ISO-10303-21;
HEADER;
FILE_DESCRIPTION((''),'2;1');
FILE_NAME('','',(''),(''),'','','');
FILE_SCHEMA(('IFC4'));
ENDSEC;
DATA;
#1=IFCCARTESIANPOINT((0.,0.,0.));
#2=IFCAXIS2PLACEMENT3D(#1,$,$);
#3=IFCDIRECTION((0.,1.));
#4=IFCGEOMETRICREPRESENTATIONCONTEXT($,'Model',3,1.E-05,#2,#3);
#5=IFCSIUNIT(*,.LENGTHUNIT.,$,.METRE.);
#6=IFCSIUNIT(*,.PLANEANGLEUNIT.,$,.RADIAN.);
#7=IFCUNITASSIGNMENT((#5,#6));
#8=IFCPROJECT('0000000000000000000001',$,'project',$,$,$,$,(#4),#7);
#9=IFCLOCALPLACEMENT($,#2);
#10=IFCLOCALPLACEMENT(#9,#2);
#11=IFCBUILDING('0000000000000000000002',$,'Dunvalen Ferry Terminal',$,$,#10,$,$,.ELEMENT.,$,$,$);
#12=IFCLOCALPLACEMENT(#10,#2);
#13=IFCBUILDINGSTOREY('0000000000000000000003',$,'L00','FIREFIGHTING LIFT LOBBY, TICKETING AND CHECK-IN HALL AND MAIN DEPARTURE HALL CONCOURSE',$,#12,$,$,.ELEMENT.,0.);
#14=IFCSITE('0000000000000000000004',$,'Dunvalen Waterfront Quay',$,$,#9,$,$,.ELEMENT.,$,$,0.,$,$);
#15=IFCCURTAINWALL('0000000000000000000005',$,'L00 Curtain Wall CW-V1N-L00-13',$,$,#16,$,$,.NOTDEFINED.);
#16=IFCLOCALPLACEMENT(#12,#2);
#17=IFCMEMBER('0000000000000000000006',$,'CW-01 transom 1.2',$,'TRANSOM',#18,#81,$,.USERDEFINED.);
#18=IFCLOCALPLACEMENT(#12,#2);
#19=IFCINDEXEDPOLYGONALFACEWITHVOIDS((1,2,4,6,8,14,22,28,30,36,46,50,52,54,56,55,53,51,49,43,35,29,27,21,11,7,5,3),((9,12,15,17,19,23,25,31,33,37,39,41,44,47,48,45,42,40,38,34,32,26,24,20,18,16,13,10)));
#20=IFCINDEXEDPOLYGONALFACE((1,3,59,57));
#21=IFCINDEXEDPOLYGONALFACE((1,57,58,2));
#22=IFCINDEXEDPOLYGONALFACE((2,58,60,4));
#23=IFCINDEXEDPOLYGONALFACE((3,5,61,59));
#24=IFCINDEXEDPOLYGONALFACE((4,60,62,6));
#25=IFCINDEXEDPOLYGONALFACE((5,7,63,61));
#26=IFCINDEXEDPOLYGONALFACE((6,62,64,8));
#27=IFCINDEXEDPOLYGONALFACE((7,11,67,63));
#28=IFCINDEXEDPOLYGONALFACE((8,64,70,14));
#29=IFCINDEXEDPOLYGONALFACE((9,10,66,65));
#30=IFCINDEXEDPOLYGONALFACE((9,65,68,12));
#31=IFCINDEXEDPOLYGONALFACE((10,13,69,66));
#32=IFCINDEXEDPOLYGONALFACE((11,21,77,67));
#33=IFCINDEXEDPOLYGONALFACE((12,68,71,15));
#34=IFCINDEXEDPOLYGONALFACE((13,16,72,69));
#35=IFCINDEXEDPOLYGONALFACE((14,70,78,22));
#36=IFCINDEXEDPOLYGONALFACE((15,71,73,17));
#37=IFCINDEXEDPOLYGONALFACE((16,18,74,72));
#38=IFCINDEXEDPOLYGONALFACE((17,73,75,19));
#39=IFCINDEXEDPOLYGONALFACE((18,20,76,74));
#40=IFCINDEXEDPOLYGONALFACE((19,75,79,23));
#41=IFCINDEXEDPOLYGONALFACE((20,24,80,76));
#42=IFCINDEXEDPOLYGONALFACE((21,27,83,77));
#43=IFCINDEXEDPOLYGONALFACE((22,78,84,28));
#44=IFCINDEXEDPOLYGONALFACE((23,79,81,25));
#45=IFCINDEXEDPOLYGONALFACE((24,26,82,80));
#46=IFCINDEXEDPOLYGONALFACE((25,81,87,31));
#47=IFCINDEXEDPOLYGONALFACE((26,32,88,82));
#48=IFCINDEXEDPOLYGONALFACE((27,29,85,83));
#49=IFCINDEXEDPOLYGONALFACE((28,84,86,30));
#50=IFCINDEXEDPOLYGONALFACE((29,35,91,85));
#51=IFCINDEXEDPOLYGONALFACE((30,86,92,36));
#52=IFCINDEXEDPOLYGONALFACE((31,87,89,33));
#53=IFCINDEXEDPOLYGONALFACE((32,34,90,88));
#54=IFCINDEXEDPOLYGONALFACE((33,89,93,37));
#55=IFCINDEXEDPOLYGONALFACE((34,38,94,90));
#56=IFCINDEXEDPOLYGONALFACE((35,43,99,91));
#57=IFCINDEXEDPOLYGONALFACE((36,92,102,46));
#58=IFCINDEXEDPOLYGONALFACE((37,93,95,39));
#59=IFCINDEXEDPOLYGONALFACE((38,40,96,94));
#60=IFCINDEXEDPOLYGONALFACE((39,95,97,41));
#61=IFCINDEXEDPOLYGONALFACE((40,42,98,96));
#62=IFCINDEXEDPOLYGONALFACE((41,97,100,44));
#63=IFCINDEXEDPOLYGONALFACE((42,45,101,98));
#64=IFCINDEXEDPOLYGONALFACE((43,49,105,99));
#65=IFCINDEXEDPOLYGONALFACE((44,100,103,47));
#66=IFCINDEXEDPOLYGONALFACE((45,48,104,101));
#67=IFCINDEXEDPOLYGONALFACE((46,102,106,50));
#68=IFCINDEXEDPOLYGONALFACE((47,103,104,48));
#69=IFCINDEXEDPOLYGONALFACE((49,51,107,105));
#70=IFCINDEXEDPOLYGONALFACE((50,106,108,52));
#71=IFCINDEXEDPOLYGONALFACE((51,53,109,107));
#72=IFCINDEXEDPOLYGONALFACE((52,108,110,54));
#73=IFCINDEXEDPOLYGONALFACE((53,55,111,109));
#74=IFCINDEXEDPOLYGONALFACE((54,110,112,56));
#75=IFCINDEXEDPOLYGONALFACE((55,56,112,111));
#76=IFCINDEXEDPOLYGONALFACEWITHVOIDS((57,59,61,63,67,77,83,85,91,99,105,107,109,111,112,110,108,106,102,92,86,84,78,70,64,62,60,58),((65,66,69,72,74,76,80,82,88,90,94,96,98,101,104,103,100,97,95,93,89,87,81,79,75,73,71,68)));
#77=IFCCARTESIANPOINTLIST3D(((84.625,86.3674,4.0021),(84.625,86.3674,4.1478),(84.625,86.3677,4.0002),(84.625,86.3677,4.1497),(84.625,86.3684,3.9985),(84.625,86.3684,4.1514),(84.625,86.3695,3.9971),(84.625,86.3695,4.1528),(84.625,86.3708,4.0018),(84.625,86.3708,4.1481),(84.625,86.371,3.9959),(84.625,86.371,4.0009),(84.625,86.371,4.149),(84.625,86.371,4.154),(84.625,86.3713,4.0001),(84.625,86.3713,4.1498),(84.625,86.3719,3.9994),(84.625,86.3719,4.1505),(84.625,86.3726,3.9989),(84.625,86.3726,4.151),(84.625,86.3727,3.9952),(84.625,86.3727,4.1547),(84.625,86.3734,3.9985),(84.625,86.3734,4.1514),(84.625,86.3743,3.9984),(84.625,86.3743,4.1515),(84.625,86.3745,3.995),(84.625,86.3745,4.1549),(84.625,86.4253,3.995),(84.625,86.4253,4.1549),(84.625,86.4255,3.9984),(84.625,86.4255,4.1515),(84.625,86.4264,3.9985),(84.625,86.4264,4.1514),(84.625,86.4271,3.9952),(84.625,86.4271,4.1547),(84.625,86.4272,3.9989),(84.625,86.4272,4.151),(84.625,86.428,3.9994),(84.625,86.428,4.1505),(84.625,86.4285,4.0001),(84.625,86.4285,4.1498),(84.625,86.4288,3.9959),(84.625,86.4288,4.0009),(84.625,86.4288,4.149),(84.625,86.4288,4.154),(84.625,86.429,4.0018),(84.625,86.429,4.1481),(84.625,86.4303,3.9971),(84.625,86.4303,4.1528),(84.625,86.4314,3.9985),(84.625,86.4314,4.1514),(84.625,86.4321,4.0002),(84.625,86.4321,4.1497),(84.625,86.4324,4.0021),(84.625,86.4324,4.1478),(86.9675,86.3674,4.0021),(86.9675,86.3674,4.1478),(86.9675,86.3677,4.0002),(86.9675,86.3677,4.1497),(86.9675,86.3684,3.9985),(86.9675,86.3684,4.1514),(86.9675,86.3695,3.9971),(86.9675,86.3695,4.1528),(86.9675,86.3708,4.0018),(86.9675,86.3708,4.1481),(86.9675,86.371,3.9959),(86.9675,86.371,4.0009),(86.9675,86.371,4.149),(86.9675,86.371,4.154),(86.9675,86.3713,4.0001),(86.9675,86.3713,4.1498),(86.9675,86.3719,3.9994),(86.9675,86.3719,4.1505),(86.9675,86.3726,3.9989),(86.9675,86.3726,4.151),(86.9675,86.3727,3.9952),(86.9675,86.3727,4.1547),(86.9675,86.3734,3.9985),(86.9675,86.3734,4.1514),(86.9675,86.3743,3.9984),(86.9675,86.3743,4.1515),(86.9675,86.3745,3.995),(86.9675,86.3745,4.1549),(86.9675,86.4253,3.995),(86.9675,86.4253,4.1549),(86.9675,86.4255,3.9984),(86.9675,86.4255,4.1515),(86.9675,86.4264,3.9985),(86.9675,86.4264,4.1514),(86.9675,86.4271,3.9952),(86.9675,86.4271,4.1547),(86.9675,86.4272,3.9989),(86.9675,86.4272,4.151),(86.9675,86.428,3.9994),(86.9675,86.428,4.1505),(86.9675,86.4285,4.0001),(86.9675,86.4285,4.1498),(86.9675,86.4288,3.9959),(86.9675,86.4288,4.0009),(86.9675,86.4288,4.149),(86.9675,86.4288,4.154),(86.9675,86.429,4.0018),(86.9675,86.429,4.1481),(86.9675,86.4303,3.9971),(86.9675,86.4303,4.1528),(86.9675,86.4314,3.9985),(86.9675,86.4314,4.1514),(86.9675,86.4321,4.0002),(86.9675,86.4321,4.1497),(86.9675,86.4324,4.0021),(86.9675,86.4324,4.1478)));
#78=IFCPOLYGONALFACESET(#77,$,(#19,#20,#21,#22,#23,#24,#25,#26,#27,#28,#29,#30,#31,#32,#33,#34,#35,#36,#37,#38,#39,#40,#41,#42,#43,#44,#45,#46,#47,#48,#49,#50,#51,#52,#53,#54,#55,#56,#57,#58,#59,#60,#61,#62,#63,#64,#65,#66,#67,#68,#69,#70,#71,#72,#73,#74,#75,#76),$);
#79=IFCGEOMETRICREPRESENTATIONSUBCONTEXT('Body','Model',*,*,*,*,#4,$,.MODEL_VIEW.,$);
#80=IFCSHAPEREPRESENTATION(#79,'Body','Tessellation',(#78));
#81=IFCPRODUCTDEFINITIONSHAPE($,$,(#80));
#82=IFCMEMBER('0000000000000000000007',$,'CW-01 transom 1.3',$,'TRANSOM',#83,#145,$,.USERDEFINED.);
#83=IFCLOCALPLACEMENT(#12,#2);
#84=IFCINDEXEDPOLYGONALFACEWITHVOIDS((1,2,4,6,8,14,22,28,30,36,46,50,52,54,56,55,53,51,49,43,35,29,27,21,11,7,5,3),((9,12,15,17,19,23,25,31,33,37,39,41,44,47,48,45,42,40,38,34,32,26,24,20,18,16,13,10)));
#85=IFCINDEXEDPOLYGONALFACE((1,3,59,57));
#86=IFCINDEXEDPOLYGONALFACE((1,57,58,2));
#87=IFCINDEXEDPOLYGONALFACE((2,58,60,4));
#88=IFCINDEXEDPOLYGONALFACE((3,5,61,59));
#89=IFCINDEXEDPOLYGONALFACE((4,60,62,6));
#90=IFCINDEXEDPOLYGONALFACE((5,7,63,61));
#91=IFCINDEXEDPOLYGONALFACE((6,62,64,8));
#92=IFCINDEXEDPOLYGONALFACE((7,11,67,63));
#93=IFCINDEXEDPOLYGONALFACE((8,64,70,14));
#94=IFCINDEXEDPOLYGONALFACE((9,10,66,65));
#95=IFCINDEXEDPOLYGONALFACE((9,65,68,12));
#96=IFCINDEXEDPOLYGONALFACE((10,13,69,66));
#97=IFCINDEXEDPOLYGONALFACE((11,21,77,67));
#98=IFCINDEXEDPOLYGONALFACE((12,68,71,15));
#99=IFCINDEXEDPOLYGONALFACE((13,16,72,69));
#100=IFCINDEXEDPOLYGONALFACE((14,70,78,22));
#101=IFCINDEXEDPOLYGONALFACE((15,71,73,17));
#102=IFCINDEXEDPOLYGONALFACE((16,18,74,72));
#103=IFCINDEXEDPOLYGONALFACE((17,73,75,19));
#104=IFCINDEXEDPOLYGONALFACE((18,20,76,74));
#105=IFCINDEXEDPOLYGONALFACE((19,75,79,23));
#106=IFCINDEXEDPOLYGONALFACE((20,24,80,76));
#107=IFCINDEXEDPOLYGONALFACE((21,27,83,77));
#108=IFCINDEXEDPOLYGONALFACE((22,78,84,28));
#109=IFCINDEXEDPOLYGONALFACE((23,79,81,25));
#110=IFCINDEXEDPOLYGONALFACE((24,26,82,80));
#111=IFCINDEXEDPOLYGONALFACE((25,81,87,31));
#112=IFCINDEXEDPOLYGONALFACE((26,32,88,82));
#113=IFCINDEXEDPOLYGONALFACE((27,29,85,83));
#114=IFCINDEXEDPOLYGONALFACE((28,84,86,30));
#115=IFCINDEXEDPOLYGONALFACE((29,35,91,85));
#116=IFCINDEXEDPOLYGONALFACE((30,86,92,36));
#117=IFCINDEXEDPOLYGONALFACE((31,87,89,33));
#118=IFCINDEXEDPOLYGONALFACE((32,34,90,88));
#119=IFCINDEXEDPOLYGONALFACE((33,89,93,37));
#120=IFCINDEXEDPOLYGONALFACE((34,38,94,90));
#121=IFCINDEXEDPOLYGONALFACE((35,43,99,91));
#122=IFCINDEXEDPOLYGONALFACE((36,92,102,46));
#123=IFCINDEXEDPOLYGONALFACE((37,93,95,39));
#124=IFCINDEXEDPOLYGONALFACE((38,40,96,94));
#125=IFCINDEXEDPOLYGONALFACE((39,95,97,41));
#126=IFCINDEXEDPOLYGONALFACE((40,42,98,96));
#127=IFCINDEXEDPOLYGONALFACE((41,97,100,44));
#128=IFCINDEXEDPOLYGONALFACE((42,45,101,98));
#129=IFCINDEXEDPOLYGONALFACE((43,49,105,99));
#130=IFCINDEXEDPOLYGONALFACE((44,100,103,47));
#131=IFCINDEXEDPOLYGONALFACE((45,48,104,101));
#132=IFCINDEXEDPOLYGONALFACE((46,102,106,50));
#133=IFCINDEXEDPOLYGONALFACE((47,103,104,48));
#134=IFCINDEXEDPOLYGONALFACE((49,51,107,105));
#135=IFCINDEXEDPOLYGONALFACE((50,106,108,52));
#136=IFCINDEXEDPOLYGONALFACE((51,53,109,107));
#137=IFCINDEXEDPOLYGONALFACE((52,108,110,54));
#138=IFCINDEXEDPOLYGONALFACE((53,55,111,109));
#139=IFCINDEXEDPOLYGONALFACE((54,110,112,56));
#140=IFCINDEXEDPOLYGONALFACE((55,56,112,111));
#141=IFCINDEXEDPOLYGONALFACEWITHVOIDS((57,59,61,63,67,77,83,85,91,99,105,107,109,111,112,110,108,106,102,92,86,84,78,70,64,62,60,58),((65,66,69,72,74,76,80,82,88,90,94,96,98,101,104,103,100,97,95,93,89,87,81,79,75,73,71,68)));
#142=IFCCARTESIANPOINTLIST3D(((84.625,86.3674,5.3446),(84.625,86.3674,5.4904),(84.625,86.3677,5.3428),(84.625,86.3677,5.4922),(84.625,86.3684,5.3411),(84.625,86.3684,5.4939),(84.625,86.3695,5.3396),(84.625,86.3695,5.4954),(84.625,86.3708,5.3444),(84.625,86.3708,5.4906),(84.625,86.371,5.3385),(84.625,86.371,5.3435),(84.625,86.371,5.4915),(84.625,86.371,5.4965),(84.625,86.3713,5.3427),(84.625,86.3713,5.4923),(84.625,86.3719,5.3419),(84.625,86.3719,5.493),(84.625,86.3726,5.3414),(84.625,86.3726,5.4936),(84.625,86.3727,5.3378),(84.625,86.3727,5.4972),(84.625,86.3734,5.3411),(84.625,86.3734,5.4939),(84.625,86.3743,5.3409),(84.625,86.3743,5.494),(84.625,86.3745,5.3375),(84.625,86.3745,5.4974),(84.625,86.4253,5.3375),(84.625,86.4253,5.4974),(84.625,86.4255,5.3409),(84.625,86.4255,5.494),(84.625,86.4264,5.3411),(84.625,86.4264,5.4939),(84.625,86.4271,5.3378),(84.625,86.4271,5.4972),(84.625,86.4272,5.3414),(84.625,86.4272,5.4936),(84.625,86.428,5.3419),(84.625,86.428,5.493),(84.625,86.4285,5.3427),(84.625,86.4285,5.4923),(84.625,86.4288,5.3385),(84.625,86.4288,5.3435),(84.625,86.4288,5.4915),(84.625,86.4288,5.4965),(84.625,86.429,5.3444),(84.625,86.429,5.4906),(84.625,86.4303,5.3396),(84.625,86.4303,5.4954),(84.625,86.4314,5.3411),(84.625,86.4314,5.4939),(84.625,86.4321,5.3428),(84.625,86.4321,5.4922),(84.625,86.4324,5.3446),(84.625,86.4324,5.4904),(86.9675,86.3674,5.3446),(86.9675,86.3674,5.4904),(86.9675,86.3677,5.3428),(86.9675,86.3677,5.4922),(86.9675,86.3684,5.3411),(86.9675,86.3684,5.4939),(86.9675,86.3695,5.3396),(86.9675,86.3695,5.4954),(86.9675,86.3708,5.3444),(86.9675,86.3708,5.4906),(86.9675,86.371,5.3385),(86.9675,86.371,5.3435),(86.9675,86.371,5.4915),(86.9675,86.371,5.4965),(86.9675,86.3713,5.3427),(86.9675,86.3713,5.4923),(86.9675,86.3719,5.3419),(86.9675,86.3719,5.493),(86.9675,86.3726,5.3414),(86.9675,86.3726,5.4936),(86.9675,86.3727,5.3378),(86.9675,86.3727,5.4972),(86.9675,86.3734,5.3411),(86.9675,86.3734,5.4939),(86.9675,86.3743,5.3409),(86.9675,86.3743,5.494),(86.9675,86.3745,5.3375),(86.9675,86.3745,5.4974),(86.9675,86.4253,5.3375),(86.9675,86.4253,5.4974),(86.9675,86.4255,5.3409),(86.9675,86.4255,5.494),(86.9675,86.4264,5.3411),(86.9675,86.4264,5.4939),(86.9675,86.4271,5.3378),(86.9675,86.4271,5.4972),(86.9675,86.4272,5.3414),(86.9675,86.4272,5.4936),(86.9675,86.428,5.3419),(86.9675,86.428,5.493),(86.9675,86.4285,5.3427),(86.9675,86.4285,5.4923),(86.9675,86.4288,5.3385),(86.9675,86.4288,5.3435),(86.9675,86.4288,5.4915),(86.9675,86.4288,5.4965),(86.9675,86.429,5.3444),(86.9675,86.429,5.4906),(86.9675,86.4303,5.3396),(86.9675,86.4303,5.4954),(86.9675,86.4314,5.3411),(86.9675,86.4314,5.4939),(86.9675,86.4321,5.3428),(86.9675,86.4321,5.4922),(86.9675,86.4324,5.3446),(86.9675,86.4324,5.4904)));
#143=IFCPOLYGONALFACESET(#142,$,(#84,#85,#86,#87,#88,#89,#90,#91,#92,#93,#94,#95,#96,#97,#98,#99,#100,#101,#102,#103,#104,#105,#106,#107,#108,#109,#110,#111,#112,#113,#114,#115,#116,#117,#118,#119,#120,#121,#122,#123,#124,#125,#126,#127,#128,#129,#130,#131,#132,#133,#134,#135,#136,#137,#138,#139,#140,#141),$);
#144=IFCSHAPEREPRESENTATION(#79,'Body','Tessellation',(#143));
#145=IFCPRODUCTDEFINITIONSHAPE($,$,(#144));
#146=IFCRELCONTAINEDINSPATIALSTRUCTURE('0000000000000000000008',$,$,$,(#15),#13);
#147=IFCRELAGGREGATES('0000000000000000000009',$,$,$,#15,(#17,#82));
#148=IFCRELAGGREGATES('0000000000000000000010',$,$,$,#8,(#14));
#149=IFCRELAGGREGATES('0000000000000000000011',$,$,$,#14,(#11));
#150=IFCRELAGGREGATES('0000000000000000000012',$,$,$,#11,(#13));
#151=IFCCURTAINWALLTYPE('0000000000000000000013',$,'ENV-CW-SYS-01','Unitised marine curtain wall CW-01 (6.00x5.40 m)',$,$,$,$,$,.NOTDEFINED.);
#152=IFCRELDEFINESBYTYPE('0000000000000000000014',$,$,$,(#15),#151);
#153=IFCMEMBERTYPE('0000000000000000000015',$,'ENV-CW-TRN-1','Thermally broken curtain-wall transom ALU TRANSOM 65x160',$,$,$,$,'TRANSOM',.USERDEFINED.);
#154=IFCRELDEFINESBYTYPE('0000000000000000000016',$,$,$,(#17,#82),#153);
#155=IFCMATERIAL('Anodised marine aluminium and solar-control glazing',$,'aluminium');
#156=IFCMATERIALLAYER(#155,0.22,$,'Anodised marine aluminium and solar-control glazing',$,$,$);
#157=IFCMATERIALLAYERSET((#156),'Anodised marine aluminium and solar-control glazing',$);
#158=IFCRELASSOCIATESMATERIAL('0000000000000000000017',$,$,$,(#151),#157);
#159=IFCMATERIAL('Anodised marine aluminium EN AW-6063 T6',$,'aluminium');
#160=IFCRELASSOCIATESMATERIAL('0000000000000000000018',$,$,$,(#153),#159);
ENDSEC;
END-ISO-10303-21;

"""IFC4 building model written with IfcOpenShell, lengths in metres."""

from ifc_helpers import new_model, si_unit, direction, frame, origin, origin_2d, place, context, subcontext, project, spatial, hollow_rectangle, extrude, material, layer, layer_set, material_profile, profile_set, type_object, element, aggregate, save


model = new_model("IFC4")

# Units and contexts
model_context = context("Model", 3, precision=1e-05, world=origin(), true_north=direction((0.0, 1.0)))
body_context = subcontext(model_context, "Body", "Model", "MODEL_VIEW")
ifc_project = project(units=[si_unit("LENGTHUNIT", "METRE"), si_unit("PLANEANGLEUNIT", "RADIAN")], contexts=[model_context])

# Site, building, storey
site_placement = place(None, origin())
site = spatial("IfcSite", under=ifc_project, at=site_placement, Name="Dunvalen Waterfront Quay", CompositionType="ELEMENT", RefElevation=0.0)
building_placement = place(site_placement, origin())
building = spatial("IfcBuilding", under=site, at=building_placement, Name="Dunvalen Ferry Terminal", CompositionType="ELEMENT")
storey_placement = place(building_placement, origin())
storey = spatial("IfcBuildingStorey", under=building, at=storey_placement, Name="L00", Description="FIREFIGHTING LIFT LOBBY, TICKETING AND CHECK-IN HALL AND MAIN DEPARTURE HALL CONCOURSE", CompositionType="ELEMENT", Elevation=0.0)

# Shared definitions
ifc_material_1 = material(Name="Anodised marine aluminium and solar-control glazing", Category="aluminium")
ifc_layer_1 = layer(ifc_material_1, 0.22, Name="Anodised marine aluminium and solar-control glazing")
ifc_layer_set_1 = layer_set([ifc_layer_1], Name="Anodised marine aluminium and solar-control glazing")
curtain_wall_type = type_object("IfcCurtainWallType", Name="ENV-CW-SYS-01", Description="Unitised marine curtain wall CW-01 (6.00x5.40 m)", PredefinedType="NOTDEFINED", material=ifc_layer_set_1)
ifc_material_2 = material(Name="Anodised marine aluminium EN AW-6063 T6", Category="aluminium")

# Curtain wall
curtain_wall_1_placement = place(storey_placement, origin())
curtain_wall_1 = element("IfcCurtainWall", 1, at=curtain_wall_1_placement, inside=storey, type_object=curtain_wall_type, Name="L00 Curtain Wall CW-V1N-L00-13", PredefinedType="NOTDEFINED")

# Members
ifc_material_profile_1 = material_profile(ifc_material_2, hollow_rectangle(XDim=0.0649, YDim=0.1599, WallThickness=0.0034, InnerFilletRadius=0.0034, OuterFilletRadius=0.0071, at=origin_2d()), Name="Anodised marine aluminium EN AW-6063 T6")
ifc_profile_set_1 = profile_set([ifc_material_profile_1], Name="Anodised marine aluminium EN AW-6063 T6")
member_type_1 = type_object("IfcMemberType", Name="ENV-CW-TRN-1", Description="Thermally broken curtain-wall transom ALU TRANSOM 65x160", ElementType="TRANSOM", PredefinedType="USERDEFINED", material=ifc_profile_set_1)
member_1_placement = place(storey_placement, frame((84.625, 86.3999, 4.075), z_axis=(1.0, 0.0, 0.0), x_axis=(0.0, 1.0, 0.0)))
member_1 = element("IfcMember", 2, at=member_1_placement, type_object=member_type_1, Name="CW-01 transom 1.2", ObjectType="TRANSOM", PredefinedType="USERDEFINED", context=body_context, shape_type="SweptSolid", body=[
    extrude(hollow_rectangle(XDim=0.0649, YDim=0.1599, WallThickness=0.0034, InnerFilletRadius=0.0034, OuterFilletRadius=0.0071, at=origin_2d()), origin(), (0.0, 0.0, 1.0), 2.3425),
])
member_2_placement = place(storey_placement, frame((84.625, 86.3999, 5.4175), z_axis=(1.0, 0.0, 0.0), x_axis=(0.0, 1.0, 0.0)))
member_2 = element("IfcMember", 3, at=member_2_placement, type_object=member_type_1, Name="CW-01 transom 1.3", ObjectType="TRANSOM", PredefinedType="USERDEFINED", context=body_context, shape_type="SweptSolid", body=[
    extrude(hollow_rectangle(XDim=0.0649, YDim=0.1599, WallThickness=0.0034, InnerFilletRadius=0.0034, OuterFilletRadius=0.0071, at=origin_2d()), origin(), (0.0, 0.0, 1.0), 2.3425),
])

aggregate(curtain_wall_1, [member_1, member_2])

save(model, "model.ifc")
